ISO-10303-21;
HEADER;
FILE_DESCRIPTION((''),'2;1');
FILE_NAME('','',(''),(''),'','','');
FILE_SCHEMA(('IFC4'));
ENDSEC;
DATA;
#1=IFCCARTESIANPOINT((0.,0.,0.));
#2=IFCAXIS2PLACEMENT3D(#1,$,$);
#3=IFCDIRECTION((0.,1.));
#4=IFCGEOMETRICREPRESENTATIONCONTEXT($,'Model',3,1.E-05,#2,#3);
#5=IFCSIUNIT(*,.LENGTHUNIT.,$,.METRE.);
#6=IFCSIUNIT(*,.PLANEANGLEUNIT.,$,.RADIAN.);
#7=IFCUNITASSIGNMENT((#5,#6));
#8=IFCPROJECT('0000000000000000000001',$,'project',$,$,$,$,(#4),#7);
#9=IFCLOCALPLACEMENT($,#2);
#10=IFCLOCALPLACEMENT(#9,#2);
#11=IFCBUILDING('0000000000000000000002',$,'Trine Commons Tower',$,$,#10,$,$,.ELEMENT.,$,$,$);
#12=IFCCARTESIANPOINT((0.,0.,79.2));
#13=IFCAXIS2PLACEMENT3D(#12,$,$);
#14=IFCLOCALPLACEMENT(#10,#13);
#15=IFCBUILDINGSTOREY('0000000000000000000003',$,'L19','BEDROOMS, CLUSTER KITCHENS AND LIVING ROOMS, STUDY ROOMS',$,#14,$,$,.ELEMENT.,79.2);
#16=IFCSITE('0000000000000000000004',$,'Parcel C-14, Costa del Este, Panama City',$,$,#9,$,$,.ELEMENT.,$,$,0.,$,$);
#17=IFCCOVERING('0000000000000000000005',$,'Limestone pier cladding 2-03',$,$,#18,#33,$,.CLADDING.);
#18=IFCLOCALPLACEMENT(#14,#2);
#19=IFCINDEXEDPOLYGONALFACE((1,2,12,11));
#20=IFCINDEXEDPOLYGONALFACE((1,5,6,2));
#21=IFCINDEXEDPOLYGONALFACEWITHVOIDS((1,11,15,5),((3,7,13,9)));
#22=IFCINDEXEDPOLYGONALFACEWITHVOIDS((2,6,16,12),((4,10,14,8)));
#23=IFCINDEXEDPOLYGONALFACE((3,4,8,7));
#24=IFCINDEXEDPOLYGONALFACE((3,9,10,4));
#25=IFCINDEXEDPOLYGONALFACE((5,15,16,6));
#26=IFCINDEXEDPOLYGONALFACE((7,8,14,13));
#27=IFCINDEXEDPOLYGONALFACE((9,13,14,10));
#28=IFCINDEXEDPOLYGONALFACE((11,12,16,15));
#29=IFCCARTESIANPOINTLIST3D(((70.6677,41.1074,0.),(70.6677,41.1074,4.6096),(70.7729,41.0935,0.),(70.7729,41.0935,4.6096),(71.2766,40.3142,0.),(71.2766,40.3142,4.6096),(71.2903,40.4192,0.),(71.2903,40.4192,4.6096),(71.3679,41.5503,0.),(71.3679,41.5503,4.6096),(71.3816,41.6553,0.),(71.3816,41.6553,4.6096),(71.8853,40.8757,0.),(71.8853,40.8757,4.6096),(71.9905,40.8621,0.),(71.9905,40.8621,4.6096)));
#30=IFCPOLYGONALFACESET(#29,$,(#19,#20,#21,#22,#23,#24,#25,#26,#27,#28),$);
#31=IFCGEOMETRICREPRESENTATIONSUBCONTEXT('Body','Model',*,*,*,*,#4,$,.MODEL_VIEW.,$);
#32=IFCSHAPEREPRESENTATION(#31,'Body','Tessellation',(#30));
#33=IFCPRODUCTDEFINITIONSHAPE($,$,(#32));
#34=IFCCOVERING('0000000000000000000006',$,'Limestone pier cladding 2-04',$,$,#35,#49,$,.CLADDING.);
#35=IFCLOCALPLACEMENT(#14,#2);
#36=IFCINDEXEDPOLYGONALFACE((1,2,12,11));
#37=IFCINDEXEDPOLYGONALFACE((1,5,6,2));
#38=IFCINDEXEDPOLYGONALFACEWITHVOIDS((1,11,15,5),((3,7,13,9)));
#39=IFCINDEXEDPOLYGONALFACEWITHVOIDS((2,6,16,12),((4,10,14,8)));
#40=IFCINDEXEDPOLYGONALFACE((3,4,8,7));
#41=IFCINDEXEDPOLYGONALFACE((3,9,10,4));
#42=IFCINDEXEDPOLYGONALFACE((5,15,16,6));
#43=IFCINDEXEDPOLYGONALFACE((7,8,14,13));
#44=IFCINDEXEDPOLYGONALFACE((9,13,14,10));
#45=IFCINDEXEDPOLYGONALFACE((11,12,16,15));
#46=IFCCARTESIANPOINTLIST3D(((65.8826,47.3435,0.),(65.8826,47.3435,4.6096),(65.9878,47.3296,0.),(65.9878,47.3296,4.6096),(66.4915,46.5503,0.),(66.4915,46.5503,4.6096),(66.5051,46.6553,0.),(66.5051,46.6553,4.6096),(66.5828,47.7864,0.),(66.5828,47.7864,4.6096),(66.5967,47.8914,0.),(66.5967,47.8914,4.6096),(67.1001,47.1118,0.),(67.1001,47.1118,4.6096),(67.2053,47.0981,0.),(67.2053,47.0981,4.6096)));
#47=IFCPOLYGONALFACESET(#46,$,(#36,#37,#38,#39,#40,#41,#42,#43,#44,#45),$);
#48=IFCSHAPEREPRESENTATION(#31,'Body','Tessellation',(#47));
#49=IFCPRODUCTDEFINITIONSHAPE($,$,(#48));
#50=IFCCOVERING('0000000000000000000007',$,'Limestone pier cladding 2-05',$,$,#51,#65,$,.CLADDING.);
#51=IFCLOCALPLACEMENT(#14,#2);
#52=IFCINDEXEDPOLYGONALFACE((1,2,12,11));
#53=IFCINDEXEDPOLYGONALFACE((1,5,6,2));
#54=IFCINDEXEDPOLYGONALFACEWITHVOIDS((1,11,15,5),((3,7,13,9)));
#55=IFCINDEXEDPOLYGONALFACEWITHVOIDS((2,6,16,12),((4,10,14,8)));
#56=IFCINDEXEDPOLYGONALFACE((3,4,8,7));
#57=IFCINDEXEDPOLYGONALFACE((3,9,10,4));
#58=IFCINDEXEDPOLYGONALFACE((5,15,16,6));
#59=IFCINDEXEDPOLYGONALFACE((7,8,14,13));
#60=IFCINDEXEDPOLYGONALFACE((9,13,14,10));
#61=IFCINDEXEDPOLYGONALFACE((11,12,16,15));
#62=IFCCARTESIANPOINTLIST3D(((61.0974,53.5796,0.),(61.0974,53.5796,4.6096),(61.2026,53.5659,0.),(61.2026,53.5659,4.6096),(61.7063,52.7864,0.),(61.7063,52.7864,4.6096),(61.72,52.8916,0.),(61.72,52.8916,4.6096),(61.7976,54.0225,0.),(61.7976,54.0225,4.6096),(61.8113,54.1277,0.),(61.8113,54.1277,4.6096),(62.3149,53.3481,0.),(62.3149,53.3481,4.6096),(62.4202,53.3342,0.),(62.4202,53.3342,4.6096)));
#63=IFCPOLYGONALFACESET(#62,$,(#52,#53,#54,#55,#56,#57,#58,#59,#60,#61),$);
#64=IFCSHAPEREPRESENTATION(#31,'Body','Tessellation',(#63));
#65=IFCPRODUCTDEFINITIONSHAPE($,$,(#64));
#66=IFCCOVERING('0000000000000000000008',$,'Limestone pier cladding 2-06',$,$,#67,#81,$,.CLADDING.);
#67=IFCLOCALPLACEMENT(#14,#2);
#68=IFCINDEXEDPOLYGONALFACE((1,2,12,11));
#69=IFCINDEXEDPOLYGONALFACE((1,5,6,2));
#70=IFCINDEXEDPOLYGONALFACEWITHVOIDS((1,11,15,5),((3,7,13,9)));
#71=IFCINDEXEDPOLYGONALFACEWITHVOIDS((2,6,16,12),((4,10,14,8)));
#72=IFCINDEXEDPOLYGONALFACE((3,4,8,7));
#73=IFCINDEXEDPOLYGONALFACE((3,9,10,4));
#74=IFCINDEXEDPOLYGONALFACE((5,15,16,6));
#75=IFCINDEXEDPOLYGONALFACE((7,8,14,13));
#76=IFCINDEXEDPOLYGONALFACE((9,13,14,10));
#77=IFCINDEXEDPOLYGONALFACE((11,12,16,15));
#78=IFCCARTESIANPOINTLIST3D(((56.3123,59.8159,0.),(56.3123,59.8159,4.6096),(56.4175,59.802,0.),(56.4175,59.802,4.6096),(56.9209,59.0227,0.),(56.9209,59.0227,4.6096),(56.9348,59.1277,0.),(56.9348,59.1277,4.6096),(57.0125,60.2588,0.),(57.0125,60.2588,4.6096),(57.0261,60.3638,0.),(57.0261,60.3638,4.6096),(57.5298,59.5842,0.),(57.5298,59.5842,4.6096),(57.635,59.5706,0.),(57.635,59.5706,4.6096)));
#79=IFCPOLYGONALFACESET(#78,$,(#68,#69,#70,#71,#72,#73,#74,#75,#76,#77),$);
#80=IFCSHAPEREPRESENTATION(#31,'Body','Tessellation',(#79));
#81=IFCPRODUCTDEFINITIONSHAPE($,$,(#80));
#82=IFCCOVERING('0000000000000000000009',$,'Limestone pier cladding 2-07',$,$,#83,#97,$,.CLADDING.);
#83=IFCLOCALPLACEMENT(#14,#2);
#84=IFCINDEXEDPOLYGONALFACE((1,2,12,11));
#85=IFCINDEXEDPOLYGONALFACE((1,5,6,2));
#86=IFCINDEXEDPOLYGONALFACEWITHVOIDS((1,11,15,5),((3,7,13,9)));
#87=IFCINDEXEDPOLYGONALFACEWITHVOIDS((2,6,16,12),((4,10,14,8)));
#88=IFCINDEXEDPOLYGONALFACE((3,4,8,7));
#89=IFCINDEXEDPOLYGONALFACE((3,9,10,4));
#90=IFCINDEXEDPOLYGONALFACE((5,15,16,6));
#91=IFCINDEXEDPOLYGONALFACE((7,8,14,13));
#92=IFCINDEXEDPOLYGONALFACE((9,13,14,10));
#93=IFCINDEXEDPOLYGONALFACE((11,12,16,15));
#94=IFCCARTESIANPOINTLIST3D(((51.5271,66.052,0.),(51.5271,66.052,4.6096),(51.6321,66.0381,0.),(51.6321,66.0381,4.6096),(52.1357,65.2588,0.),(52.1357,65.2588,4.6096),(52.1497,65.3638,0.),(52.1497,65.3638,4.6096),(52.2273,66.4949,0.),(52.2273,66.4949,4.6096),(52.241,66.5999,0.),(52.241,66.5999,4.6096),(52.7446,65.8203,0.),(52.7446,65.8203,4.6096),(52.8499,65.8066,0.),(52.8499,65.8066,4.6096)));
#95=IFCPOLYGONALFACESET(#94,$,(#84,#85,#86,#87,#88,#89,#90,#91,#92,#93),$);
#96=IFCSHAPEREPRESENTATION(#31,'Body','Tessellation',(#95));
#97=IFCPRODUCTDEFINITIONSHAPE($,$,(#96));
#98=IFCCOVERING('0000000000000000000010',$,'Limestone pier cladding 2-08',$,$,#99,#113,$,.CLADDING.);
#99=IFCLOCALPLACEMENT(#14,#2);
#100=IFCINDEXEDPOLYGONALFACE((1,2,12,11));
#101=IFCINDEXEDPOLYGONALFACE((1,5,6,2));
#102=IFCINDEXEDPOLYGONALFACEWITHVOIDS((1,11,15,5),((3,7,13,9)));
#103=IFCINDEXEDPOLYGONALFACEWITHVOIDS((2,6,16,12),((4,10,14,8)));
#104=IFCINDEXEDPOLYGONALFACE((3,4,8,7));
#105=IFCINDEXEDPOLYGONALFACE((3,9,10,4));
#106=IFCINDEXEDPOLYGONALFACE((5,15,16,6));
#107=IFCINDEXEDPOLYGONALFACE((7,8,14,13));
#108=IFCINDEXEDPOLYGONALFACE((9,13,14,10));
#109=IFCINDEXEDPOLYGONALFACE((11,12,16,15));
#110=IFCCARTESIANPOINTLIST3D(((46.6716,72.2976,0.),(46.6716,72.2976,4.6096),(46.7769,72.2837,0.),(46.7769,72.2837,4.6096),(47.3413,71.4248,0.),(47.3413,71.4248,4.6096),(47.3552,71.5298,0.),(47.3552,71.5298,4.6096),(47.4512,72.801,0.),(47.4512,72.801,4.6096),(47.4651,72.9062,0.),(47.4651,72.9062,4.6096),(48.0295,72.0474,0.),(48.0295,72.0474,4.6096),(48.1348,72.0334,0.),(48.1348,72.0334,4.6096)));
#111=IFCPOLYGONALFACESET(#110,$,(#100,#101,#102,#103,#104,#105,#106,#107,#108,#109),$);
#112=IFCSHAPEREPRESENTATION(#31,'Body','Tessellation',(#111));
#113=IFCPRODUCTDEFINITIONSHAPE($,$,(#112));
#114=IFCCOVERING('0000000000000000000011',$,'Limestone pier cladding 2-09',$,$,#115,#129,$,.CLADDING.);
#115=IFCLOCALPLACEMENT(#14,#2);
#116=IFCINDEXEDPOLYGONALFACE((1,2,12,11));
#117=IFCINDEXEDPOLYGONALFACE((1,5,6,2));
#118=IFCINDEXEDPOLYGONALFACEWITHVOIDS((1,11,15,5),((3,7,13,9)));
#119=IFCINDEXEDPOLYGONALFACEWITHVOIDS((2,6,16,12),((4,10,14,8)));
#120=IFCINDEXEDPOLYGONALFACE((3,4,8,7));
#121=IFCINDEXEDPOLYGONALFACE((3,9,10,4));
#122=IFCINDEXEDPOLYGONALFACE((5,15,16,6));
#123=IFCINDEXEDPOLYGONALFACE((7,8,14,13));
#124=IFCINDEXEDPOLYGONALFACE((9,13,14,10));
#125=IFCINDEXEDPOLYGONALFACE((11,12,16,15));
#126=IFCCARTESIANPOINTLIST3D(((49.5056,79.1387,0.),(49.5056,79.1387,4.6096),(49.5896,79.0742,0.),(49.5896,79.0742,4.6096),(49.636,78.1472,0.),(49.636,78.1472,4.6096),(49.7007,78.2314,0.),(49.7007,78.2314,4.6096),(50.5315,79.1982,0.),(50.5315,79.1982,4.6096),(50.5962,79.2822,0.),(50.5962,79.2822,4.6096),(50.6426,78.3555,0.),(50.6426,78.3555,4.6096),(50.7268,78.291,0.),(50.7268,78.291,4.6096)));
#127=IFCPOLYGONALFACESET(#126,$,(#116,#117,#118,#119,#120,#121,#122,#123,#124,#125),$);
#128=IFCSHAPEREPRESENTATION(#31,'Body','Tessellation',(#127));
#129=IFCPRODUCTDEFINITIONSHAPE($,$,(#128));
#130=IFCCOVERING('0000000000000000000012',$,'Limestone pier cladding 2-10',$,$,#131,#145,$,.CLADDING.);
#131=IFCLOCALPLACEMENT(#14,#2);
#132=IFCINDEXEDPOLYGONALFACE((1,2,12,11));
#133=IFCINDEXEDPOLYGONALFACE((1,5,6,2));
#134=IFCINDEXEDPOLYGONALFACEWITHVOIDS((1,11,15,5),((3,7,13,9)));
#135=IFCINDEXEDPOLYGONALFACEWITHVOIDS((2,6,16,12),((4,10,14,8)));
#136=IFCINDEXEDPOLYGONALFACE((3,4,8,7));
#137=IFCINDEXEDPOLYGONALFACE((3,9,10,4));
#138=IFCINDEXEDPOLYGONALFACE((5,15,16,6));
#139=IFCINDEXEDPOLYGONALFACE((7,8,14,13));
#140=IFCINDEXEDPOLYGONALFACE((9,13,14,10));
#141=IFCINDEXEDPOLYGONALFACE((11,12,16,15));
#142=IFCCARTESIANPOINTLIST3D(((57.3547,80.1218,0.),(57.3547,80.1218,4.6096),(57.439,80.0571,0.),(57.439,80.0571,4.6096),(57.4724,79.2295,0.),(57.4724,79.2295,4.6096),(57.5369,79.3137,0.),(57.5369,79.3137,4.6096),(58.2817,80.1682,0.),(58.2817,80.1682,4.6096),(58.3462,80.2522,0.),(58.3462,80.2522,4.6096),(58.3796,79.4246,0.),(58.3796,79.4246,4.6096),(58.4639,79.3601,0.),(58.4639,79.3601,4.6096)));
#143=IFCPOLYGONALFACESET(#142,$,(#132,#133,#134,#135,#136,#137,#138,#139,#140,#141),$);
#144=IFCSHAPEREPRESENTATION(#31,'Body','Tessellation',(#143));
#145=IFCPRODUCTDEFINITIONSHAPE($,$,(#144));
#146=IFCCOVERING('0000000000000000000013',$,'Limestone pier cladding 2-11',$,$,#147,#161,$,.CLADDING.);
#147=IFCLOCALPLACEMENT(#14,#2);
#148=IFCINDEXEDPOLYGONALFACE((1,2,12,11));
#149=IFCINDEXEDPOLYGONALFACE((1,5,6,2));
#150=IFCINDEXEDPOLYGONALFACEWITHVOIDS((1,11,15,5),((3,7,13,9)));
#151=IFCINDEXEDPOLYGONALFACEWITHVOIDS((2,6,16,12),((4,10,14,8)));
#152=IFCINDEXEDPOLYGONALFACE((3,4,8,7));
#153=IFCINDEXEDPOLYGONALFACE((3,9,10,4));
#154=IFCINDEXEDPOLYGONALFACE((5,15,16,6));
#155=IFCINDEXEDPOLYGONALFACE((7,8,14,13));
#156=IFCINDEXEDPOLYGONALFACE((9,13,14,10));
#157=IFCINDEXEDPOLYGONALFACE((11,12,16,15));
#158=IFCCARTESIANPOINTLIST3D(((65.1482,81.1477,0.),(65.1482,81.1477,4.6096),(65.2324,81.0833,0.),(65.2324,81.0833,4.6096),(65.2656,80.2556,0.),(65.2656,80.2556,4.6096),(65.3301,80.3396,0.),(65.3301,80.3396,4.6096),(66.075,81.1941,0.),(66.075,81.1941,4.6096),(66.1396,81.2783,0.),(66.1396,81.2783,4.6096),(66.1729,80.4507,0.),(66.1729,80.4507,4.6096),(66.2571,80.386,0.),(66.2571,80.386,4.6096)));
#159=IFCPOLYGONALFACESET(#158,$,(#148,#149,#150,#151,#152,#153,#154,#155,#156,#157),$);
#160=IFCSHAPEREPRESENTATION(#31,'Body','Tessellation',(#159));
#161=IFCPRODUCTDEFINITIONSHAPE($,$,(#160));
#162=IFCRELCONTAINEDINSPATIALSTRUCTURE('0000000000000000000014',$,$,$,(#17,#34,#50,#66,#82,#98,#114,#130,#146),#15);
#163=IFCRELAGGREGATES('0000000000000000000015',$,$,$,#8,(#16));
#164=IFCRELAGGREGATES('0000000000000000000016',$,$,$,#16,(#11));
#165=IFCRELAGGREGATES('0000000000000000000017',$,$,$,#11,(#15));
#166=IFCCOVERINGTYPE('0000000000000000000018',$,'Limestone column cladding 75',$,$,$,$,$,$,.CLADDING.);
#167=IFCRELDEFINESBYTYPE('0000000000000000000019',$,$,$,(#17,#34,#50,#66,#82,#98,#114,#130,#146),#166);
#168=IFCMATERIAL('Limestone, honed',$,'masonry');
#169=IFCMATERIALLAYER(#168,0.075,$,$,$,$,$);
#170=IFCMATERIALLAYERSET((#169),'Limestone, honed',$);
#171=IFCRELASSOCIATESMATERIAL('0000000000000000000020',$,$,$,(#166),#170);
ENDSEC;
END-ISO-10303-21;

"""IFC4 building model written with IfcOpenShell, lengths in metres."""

from ifc_helpers import new_model, si_unit, direction, frame, origin, place, context, subcontext, project, spatial, polyline, outline, extrude, material, layer, layer_set, type_object, element, save


model = new_model("IFC4")

# Units and contexts
model_context = context("Model", 3, precision=1e-05, world=origin(), true_north=direction((0.0, 1.0)))
body_context = subcontext(model_context, "Body", "Model", "MODEL_VIEW")
ifc_project = project(units=[si_unit("LENGTHUNIT", "METRE"), si_unit("PLANEANGLEUNIT", "RADIAN")], contexts=[model_context])

# Site, building, storey
site_placement = place(None, origin())
site = spatial("IfcSite", under=ifc_project, at=site_placement, Name="Parcel C-14, Costa del Este, Panama City", CompositionType="ELEMENT", RefElevation=0.0)
building_placement = place(site_placement, origin())
building = spatial("IfcBuilding", under=site, at=building_placement, Name="Trine Commons Tower", CompositionType="ELEMENT")
storey_placement = place(building_placement, frame((0.0, 0.0, 79.2)))
storey = spatial("IfcBuildingStorey", under=building, at=storey_placement, Name="L19", Description="BEDROOMS, CLUSTER KITCHENS AND LIVING ROOMS, STUDY ROOMS", CompositionType="ELEMENT", Elevation=79.2)

# Coverings
ifc_material_1 = material(Name="Limestone, honed", Category="masonry")
ifc_layer_1 = layer(ifc_material_1, 0.075)
ifc_layer_set_1 = layer_set([ifc_layer_1], Name="Limestone, honed")
covering_type_1 = type_object("IfcCoveringType", Name="Limestone column cladding 75", PredefinedType="CLADDING", material=ifc_layer_set_1)
covering_1_placement = place(storey_placement, origin())
element("IfcCovering", 1, at=covering_1_placement, inside=storey, type_object=covering_type_1, Name="Limestone pier cladding 2-03", PredefinedType="CLADDING", context=body_context, shape_type="SweptSolid", body=[
    extrude(outline(polyline([(71.3816, 41.6553), (70.6677, 41.1074), (71.2766, 40.3142), (71.9905, 40.8621), (71.3816, 41.6553)]), holes=[polyline([(71.3679, 41.5503), (70.7729, 41.0935), (71.2903, 40.4192), (71.8853, 40.8757), (71.3679, 41.5503)])]), origin(), (0.0, 0.0, 1.0), 4.6096),
])
covering_2_placement = place(storey_placement, origin())
element("IfcCovering", 2, at=covering_2_placement, inside=storey, type_object=covering_type_1, Name="Limestone pier cladding 2-04", PredefinedType="CLADDING", context=body_context, shape_type="SweptSolid", body=[
    extrude(outline(polyline([(66.5967, 47.8914), (65.8826, 47.3435), (66.4915, 46.5503), (67.2053, 47.0981), (66.5967, 47.8914)]), holes=[polyline([(66.5828, 47.7864), (65.9878, 47.3296), (66.5051, 46.6553), (67.1001, 47.1118), (66.5828, 47.7864)])]), origin(), (0.0, 0.0, 1.0), 4.6096),
])
covering_3_placement = place(storey_placement, origin())
element("IfcCovering", 3, at=covering_3_placement, inside=storey, type_object=covering_type_1, Name="Limestone pier cladding 2-05", PredefinedType="CLADDING", context=body_context, shape_type="SweptSolid", body=[
    extrude(outline(polyline([(61.8113, 54.1277), (61.0974, 53.5796), (61.7063, 52.7864), (62.4202, 53.3342), (61.8113, 54.1277)]), holes=[polyline([(61.7976, 54.0225), (61.2026, 53.5659), (61.72, 52.8916), (62.3149, 53.3481), (61.7976, 54.0225)])]), origin(), (0.0, 0.0, 1.0), 4.6096),
])
covering_4_placement = place(storey_placement, origin())
element("IfcCovering", 4, at=covering_4_placement, inside=storey, type_object=covering_type_1, Name="Limestone pier cladding 2-06", PredefinedType="CLADDING", context=body_context, shape_type="SweptSolid", body=[
    extrude(outline(polyline([(57.0261, 60.3638), (56.3123, 59.8159), (56.9209, 59.0227), (57.635, 59.5706), (57.0261, 60.3638)]), holes=[polyline([(57.0125, 60.2588), (56.4175, 59.802), (56.9348, 59.1277), (57.5298, 59.5842), (57.0125, 60.2588)])]), origin(), (0.0, 0.0, 1.0), 4.6096),
])
covering_5_placement = place(storey_placement, origin())
element("IfcCovering", 5, at=covering_5_placement, inside=storey, type_object=covering_type_1, Name="Limestone pier cladding 2-07", PredefinedType="CLADDING", context=body_context, shape_type="SweptSolid", body=[
    extrude(outline(polyline([(52.241, 66.5999), (51.5271, 66.052), (52.1357, 65.2588), (52.8499, 65.8066), (52.241, 66.5999)]), holes=[polyline([(52.2273, 66.4949), (51.6321, 66.0381), (52.1497, 65.3638), (52.7446, 65.8203), (52.2273, 66.4949)])]), origin(), (0.0, 0.0, 1.0), 4.6096),
])
covering_6_placement = place(storey_placement, origin())
element("IfcCovering", 6, at=covering_6_placement, inside=storey, type_object=covering_type_1, Name="Limestone pier cladding 2-08", PredefinedType="CLADDING", context=body_context, shape_type="SweptSolid", body=[
    extrude(outline(polyline([(47.4651, 72.9062), (46.6716, 72.2976), (47.3413, 71.4248), (48.1348, 72.0334), (47.4651, 72.9062)]), holes=[polyline([(47.4512, 72.801), (46.7769, 72.2837), (47.3552, 71.5298), (48.0295, 72.0474), (47.4512, 72.801)])]), origin(), (0.0, 0.0, 1.0), 4.6096),
])
covering_7_placement = place(storey_placement, origin())
element("IfcCovering", 7, at=covering_7_placement, inside=storey, type_object=covering_type_1, Name="Limestone pier cladding 2-09", PredefinedType="CLADDING", context=body_context, shape_type="SweptSolid", body=[
    extrude(outline(polyline([(50.7268, 78.291), (50.5962, 79.2822), (49.5056, 79.1387), (49.636, 78.1472), (50.7268, 78.291)]), holes=[polyline([(50.6426, 78.3555), (50.5315, 79.1982), (49.5896, 79.0742), (49.7007, 78.2314), (50.6426, 78.3555)])]), origin(), (0.0, 0.0, 1.0), 4.6096),
])
covering_8_placement = place(storey_placement, origin())
element("IfcCovering", 8, at=covering_8_placement, inside=storey, type_object=covering_type_1, Name="Limestone pier cladding 2-10", PredefinedType="CLADDING", context=body_context, shape_type="SweptSolid", body=[
    extrude(outline(polyline([(58.4639, 79.3601), (58.3462, 80.2522), (57.3547, 80.1218), (57.4724, 79.2295), (58.4639, 79.3601)]), holes=[polyline([(58.3796, 79.4246), (58.2817, 80.1682), (57.439, 80.0571), (57.5369, 79.3137), (58.3796, 79.4246)])]), origin(), (0.0, 0.0, 1.0), 4.6096),
])
covering_9_placement = place(storey_placement, origin())
element("IfcCovering", 9, at=covering_9_placement, inside=storey, type_object=covering_type_1, Name="Limestone pier cladding 2-11", PredefinedType="CLADDING", context=body_context, shape_type="SweptSolid", body=[
    extrude(outline(polyline([(66.2571, 80.386), (66.1396, 81.2783), (65.1482, 81.1477), (65.2656, 80.2556), (66.2571, 80.386)]), holes=[polyline([(66.1729, 80.4507), (66.075, 81.1941), (65.2324, 81.0833), (65.3301, 80.3396), (66.1729, 80.4507)])]), origin(), (0.0, 0.0, 1.0), 4.6096),
])

save(model, "model.ifc")
